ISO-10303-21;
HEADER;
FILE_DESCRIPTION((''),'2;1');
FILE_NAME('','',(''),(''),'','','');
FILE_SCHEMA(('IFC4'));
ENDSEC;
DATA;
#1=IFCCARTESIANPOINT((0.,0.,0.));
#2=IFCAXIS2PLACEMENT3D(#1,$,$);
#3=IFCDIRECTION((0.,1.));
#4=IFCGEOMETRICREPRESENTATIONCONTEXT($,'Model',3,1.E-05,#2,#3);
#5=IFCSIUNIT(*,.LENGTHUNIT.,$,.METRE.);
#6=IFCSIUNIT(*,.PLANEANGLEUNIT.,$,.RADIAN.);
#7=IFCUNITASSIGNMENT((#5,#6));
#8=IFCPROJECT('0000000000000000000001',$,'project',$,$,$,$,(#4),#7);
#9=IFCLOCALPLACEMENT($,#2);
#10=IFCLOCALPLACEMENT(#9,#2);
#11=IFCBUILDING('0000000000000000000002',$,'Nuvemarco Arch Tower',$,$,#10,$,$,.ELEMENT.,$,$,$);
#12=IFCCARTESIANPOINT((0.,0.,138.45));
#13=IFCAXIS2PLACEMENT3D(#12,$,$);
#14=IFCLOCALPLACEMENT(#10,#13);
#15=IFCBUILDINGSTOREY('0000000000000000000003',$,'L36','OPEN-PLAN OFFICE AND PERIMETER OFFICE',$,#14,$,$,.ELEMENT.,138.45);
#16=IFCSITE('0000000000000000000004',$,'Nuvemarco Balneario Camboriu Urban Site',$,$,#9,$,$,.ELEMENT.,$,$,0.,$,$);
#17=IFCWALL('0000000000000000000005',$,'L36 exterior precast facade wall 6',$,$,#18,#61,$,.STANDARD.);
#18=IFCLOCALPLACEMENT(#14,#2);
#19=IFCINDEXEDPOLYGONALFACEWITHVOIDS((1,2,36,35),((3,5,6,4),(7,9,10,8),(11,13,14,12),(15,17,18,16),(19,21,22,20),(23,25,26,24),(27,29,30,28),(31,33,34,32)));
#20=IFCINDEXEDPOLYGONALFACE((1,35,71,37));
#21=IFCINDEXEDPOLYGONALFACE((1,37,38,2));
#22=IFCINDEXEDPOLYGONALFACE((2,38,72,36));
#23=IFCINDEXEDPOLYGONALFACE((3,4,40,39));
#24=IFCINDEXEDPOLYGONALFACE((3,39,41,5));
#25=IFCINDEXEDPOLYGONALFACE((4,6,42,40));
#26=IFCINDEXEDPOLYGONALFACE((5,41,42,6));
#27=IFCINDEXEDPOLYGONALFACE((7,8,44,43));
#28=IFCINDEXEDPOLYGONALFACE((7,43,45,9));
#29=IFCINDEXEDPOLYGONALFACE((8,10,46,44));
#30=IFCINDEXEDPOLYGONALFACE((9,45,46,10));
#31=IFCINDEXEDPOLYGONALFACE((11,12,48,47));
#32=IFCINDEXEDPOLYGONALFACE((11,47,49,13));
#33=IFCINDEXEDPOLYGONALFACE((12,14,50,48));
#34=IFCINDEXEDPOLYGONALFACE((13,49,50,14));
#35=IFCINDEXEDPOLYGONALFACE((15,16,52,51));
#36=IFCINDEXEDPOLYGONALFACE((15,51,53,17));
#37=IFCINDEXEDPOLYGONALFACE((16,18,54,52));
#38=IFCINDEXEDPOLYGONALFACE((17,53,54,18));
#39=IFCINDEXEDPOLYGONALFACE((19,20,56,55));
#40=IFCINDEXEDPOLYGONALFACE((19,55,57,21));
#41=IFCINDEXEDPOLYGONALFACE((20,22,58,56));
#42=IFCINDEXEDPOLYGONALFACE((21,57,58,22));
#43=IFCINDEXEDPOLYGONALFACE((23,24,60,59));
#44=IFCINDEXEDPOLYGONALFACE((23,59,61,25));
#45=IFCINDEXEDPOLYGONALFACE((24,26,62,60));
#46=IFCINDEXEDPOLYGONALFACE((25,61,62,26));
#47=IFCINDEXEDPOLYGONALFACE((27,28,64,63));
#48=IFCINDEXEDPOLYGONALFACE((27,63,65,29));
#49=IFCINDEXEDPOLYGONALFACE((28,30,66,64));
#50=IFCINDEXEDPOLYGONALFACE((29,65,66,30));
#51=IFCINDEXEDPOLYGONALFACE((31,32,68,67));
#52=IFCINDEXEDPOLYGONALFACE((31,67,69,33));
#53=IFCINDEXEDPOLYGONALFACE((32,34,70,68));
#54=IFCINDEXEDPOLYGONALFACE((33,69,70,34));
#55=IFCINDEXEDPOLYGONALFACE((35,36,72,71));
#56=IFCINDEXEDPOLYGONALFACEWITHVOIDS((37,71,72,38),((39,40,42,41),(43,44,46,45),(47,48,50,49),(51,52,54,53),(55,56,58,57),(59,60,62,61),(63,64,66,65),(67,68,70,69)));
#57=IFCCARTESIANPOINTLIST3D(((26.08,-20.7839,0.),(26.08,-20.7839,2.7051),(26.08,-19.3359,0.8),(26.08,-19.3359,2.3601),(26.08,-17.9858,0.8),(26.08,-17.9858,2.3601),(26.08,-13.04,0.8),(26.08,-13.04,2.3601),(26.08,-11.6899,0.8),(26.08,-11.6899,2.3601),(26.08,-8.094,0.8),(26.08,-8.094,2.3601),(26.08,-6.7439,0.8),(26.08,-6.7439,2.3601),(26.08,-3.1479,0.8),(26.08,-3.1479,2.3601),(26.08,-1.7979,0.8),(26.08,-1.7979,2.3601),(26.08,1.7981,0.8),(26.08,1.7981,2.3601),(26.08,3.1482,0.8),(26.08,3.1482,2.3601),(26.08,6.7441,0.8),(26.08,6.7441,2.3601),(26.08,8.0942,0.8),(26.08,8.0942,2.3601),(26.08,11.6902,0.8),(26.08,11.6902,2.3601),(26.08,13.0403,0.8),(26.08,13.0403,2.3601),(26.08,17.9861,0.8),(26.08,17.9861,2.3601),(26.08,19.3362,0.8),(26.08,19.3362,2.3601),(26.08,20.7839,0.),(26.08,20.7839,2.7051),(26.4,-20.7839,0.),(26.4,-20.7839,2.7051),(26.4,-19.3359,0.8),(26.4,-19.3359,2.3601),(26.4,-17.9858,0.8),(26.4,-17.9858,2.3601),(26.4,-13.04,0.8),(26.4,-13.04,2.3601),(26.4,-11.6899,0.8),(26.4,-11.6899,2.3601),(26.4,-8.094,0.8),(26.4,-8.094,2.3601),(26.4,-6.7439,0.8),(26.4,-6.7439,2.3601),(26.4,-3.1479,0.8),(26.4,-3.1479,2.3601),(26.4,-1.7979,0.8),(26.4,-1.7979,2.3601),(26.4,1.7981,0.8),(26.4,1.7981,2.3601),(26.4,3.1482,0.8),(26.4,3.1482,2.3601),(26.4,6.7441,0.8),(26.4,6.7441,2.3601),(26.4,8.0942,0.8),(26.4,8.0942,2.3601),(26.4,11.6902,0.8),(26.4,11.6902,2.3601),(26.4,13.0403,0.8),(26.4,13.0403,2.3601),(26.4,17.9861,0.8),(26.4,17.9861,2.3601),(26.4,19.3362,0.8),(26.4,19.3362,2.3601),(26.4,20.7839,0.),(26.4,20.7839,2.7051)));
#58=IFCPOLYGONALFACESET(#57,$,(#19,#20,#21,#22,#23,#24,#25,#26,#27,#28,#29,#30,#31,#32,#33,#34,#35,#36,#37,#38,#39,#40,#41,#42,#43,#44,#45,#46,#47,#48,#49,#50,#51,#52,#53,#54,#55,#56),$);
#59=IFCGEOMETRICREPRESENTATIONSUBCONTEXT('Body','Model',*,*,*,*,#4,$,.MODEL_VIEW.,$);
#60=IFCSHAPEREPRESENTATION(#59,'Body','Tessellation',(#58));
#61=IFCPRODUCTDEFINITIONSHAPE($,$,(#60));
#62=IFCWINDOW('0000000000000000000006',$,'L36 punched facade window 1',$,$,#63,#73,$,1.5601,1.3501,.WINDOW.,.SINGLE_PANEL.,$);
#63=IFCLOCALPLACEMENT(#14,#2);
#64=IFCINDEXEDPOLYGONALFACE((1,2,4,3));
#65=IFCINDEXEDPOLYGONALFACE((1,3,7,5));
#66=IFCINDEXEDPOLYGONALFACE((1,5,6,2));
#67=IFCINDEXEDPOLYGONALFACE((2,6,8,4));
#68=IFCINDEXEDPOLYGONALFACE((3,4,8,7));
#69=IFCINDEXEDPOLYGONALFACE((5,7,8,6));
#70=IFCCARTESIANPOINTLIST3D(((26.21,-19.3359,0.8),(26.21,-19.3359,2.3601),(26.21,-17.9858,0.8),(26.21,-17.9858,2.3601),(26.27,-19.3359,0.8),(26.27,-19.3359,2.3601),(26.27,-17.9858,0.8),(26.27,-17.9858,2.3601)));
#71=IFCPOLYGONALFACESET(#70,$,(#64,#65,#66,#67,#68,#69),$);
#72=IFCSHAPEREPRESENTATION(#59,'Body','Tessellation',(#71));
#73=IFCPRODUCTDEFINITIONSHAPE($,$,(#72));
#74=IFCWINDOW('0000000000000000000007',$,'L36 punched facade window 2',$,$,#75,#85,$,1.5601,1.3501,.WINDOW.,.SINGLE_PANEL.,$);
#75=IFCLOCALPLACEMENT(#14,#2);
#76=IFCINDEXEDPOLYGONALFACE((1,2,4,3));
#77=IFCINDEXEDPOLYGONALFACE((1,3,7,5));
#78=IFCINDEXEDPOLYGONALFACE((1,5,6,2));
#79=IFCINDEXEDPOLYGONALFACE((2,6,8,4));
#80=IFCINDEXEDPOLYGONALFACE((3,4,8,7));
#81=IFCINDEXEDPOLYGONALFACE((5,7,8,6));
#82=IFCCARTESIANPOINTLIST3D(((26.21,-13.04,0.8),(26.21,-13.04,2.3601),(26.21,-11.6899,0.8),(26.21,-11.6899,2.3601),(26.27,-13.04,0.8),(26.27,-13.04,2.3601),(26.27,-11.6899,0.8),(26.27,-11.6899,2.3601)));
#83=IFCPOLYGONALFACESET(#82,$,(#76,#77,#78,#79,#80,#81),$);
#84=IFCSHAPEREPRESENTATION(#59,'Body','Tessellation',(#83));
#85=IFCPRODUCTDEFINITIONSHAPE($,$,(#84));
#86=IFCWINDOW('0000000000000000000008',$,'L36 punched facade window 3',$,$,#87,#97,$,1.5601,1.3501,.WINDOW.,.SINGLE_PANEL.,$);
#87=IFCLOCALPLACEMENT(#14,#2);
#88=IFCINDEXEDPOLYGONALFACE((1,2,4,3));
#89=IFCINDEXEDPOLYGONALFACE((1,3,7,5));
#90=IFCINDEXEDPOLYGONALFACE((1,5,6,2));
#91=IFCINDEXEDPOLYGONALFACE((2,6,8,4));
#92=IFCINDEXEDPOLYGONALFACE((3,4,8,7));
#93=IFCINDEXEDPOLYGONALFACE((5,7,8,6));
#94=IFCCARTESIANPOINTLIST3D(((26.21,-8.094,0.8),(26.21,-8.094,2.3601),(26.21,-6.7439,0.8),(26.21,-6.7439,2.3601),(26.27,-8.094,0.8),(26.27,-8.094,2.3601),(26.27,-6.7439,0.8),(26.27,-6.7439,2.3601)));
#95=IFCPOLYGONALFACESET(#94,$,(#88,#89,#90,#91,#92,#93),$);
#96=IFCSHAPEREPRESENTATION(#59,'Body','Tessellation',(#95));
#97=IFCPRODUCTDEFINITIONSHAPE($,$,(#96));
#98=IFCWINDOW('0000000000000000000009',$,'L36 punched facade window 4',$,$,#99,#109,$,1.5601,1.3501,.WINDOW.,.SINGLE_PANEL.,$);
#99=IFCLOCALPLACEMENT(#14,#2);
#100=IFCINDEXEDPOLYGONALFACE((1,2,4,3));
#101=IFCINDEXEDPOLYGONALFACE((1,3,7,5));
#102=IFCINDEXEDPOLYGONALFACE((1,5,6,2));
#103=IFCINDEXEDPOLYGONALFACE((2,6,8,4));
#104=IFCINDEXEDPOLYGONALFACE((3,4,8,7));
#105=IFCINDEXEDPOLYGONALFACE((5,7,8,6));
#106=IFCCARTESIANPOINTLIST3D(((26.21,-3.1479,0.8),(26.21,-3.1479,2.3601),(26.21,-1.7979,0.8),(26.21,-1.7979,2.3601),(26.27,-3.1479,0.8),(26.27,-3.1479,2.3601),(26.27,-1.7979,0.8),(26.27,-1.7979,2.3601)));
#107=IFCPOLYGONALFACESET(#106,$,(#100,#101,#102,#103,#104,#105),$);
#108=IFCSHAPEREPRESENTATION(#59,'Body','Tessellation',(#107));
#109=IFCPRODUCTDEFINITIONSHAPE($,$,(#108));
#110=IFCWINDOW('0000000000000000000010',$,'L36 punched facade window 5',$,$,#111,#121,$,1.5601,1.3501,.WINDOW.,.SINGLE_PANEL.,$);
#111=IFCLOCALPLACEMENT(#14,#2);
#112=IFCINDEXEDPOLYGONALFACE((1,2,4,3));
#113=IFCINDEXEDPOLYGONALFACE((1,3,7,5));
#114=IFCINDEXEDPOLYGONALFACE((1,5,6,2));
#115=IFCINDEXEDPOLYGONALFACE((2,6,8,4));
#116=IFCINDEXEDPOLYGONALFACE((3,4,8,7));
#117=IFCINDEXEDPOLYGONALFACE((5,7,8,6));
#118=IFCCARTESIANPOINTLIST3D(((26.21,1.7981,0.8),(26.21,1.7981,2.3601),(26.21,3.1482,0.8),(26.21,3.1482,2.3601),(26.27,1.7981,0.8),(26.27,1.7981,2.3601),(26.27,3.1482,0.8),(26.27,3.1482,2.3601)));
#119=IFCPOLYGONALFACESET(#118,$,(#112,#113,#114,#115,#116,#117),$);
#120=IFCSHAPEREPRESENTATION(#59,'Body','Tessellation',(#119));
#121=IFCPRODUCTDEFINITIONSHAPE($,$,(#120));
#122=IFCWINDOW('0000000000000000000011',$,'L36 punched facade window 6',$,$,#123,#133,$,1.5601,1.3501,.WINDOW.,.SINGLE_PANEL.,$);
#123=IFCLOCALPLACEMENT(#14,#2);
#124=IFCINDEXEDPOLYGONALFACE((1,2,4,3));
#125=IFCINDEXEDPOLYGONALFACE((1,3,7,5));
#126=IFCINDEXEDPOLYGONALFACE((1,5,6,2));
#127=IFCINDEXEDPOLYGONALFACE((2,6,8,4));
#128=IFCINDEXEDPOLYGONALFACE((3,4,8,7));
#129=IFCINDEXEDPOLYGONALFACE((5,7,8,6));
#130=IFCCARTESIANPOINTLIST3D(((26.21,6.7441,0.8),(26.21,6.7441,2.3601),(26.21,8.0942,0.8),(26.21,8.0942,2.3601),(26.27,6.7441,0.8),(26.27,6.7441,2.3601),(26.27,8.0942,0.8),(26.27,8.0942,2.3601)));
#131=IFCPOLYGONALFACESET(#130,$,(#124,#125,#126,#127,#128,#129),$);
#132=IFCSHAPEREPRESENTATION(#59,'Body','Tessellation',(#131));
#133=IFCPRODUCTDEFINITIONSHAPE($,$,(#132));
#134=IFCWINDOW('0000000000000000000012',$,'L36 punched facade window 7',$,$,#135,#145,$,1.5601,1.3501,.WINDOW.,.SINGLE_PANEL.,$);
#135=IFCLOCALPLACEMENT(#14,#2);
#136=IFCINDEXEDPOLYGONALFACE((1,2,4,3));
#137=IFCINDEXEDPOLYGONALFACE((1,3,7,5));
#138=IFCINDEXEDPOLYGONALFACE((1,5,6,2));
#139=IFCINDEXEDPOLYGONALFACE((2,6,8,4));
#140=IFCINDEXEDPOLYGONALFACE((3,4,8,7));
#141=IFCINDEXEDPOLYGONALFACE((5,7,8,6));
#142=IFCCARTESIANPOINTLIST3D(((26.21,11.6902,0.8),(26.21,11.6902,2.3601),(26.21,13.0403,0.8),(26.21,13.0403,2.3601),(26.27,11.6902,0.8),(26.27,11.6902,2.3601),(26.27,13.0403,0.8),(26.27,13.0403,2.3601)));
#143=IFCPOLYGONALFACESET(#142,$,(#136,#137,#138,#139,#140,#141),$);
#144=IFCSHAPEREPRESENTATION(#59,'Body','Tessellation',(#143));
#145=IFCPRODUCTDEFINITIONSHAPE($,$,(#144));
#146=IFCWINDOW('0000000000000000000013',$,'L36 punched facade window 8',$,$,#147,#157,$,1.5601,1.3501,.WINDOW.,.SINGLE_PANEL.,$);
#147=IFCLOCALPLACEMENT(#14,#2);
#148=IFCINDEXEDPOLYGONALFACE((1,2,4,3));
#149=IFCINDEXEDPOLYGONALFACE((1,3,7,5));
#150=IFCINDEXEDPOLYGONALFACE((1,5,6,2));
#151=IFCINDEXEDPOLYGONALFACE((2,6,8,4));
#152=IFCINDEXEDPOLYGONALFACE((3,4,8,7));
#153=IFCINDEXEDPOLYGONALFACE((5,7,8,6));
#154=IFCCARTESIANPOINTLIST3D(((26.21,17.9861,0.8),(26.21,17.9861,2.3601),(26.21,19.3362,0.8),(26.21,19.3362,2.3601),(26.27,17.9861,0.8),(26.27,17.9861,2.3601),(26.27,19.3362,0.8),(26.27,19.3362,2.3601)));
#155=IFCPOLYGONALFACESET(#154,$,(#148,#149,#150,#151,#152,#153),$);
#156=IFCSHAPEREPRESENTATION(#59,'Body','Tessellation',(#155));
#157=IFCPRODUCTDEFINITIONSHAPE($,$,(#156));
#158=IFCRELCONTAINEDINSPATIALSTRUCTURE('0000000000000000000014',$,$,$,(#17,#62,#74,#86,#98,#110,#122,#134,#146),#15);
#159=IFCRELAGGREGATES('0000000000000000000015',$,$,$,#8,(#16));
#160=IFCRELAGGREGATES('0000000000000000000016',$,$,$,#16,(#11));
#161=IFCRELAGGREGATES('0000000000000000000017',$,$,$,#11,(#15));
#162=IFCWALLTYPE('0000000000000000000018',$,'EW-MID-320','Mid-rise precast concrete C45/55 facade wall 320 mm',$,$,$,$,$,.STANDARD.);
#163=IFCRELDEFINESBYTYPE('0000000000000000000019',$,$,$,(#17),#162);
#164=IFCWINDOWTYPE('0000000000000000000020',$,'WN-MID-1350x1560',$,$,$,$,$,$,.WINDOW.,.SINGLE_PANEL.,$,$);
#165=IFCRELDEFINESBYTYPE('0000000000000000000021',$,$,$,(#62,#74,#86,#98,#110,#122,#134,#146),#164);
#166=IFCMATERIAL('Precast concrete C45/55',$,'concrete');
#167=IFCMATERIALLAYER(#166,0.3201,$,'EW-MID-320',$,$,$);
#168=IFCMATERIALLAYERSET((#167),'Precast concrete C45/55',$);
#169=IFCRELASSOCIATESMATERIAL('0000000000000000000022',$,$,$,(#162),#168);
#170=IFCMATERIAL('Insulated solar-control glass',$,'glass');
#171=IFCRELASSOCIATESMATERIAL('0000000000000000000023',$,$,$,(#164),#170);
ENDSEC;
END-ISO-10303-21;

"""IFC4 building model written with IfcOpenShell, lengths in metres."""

from ifc_helpers import new_model, si_unit, direction, frame, frame_2d, origin, place, context, subcontext, project, spatial, rectangle, extrude, source, transform, mapped, material, layer, layer_set, type_object, type_shapes, element, fill, save


model = new_model("IFC4")

# Units and contexts
model_context = context("Model", 3, precision=1e-05, world=origin(), true_north=direction((0.0, 1.0)))
body_context = subcontext(model_context, "Body", "Model", "MODEL_VIEW")
ifc_project = project(units=[si_unit("LENGTHUNIT", "METRE"), si_unit("PLANEANGLEUNIT", "RADIAN")], contexts=[model_context])

# Site, building, storey
site_placement = place(None, origin())
site = spatial("IfcSite", under=ifc_project, at=site_placement, Name="Nuvemarco Balneario Camboriu Urban Site", CompositionType="ELEMENT", RefElevation=0.0)
building_placement = place(site_placement, origin())
building = spatial("IfcBuilding", under=site, at=building_placement, Name="Nuvemarco Arch Tower", CompositionType="ELEMENT")
storey_placement = place(building_placement, frame((0.0, 0.0, 138.45)))
storey = spatial("IfcBuildingStorey", under=building, at=storey_placement, Name="L36", Description="OPEN-PLAN OFFICE AND PERIMETER OFFICE", CompositionType="ELEMENT", Elevation=138.45)

# Shared definitions
ifc_material_1 = material(Name="Precast concrete C45/55", Category="concrete")

# Shared definitions
ifc_layer_1 = layer(ifc_material_1, 0.3201, Name="EW-MID-320")
ifc_layer_set_1 = layer_set([ifc_layer_1], Name="Precast concrete C45/55")
wall_type_1 = type_object("IfcWallType", Name="EW-MID-320", Description="Mid-rise precast concrete C45/55 facade wall 320 mm", PredefinedType="STANDARD", material=ifc_layer_set_1)

# Wall, openings, windows
wall_1_placement = place(storey_placement, frame((26.24, -20.7839, 0.0), z_axis=(0.0, 0.0, 1.0), x_axis=(0.0, 1.0, 0.0)))
wall_1 = element("IfcWall", 1, at=wall_1_placement, inside=storey, type_object=wall_type_1, Name="L36 exterior precast facade wall 6", PredefinedType="STANDARD", context=body_context, shape_type="SweptSolid", body=[
    extrude(rectangle(XDim=41.5679, YDim=0.3201, at=frame_2d((20.7839, 0.0))), origin(), (0.0, 0.0, 1.0), 2.7051),
])
opening_1_placement = place(wall_1_placement, frame((1.448, 0.0, 0.8)))
opening_1 = element("IfcOpeningElement", 2, at=opening_1_placement, cuts=wall_1, PredefinedType="OPENING", context=body_context, shape_type="SweptSolid", body=[
    extrude(rectangle(XDim=1.3501, YDim=1.5601, at=frame_2d((0.675, 0.78))), frame((0.0, 0.1699, 0.0), z_axis=(0.0, -1.0, 0.0), x_axis=(1.0, 0.0, 0.0)), (0.0, 0.0, 1.0), 0.3401),
])
opening_2_placement = place(wall_1_placement, frame((7.7439, 0.0, 0.8)))
opening_2 = element("IfcOpeningElement", 3, at=opening_2_placement, cuts=wall_1, PredefinedType="OPENING", context=body_context, shape_type="SweptSolid", body=[
    extrude(rectangle(XDim=1.3501, YDim=1.5601, at=frame_2d((0.675, 0.78))), frame((0.0, 0.1699, 0.0), z_axis=(0.0, -1.0, 0.0), x_axis=(1.0, 0.0, 0.0)), (0.0, 0.0, 1.0), 0.3401),
])
opening_3_placement = place(wall_1_placement, frame((12.6899, 0.0, 0.8)))
opening_3 = element("IfcOpeningElement", 4, at=opening_3_placement, cuts=wall_1, PredefinedType="OPENING", context=body_context, shape_type="SweptSolid", body=[
    extrude(rectangle(XDim=1.3501, YDim=1.5601, at=frame_2d((0.675, 0.78))), frame((0.0, 0.1699, 0.0), z_axis=(0.0, -1.0, 0.0), x_axis=(1.0, 0.0, 0.0)), (0.0, 0.0, 1.0), 0.3401),
])
opening_4_placement = place(wall_1_placement, frame((17.636, 0.0, 0.8)))
opening_4 = element("IfcOpeningElement", 5, at=opening_4_placement, cuts=wall_1, PredefinedType="OPENING", context=body_context, shape_type="SweptSolid", body=[
    extrude(rectangle(XDim=1.3501, YDim=1.5601, at=frame_2d((0.675, 0.78))), frame((0.0, 0.1699, 0.0), z_axis=(0.0, -1.0, 0.0), x_axis=(1.0, 0.0, 0.0)), (0.0, 0.0, 1.0), 0.3401),
])
opening_5_placement = place(wall_1_placement, frame((22.582, 0.0, 0.8)))
opening_5 = element("IfcOpeningElement", 6, at=opening_5_placement, cuts=wall_1, PredefinedType="OPENING", context=body_context, shape_type="SweptSolid", body=[
    extrude(rectangle(XDim=1.3501, YDim=1.5601, at=frame_2d((0.675, 0.78))), frame((0.0, 0.1699, 0.0), z_axis=(0.0, -1.0, 0.0), x_axis=(1.0, 0.0, 0.0)), (0.0, 0.0, 1.0), 0.3401),
])
opening_6_placement = place(wall_1_placement, frame((27.5281, 0.0, 0.8)))
opening_6 = element("IfcOpeningElement", 7, at=opening_6_placement, cuts=wall_1, PredefinedType="OPENING", context=body_context, shape_type="SweptSolid", body=[
    extrude(rectangle(XDim=1.3501, YDim=1.5601, at=frame_2d((0.675, 0.78))), frame((0.0, 0.1699, 0.0), z_axis=(0.0, -1.0, 0.0), x_axis=(1.0, 0.0, 0.0)), (0.0, 0.0, 1.0), 0.3401),
])
opening_7_placement = place(wall_1_placement, frame((32.4741, 0.0, 0.8)))
opening_7 = element("IfcOpeningElement", 8, at=opening_7_placement, cuts=wall_1, PredefinedType="OPENING", context=body_context, shape_type="SweptSolid", body=[
    extrude(rectangle(XDim=1.3501, YDim=1.5601, at=frame_2d((0.675, 0.78))), frame((0.0, 0.1699, 0.0), z_axis=(0.0, -1.0, 0.0), x_axis=(1.0, 0.0, 0.0)), (0.0, 0.0, 1.0), 0.3401),
])
opening_8_placement = place(wall_1_placement, frame((38.77, 0.0, 0.8)))
opening_8 = element("IfcOpeningElement", 9, at=opening_8_placement, cuts=wall_1, PredefinedType="OPENING", context=body_context, shape_type="SweptSolid", body=[
    extrude(rectangle(XDim=1.3501, YDim=1.5601, at=frame_2d((0.675, 0.78))), frame((0.0, 0.1699, 0.0), z_axis=(0.0, -1.0, 0.0), x_axis=(1.0, 0.0, 0.0)), (0.0, 0.0, 1.0), 0.3401),
])
ifc_material_2 = material(Name="Insulated solar-control glass", Category="glass")
window_type = type_object("IfcWindowType", Name="WN-MID-1350x1560", PartitioningType="SINGLE_PANEL", PredefinedType="WINDOW", material=ifc_material_2)
shared_shape_1 = source(origin(), body_context, "Body", "SweptSolid", [
    extrude(rectangle(XDim=1.3501, YDim=1.5601, at=frame_2d((0.675, 0.78))), frame((0.0, 0.03, 0.0), z_axis=(0.0, -1.0, 0.0), x_axis=(1.0, 0.0, 0.0)), (0.0, 0.0, 1.0), 0.0601),
])
type_shapes(window_type, [shared_shape_1])
window_1_placement = place(opening_1_placement, origin())
window_1 = element("IfcWindow", 10, at=window_1_placement, inside=storey, type_object=window_type, Name="L36 punched facade window 1", OverallHeight=1.5601, OverallWidth=1.3501, PartitioningType="SINGLE_PANEL", PredefinedType="WINDOW", context=body_context, shape_type="MappedRepresentation", body=[
    mapped(shared_shape_1, transform((0.0, 0.0, 0.0), scale=1.0)),
])
fill(opening_1, window_1)
window_2_placement = place(opening_2_placement, origin())
window_2 = element("IfcWindow", 11, at=window_2_placement, inside=storey, type_object=window_type, Name="L36 punched facade window 2", OverallHeight=1.5601, OverallWidth=1.3501, PartitioningType="SINGLE_PANEL", PredefinedType="WINDOW", context=body_context, shape_type="MappedRepresentation", body=[
    mapped(shared_shape_1, transform((0.0, 0.0, 0.0), scale=1.0)),
])
fill(opening_2, window_2)
window_3_placement = place(opening_3_placement, origin())
window_3 = element("IfcWindow", 12, at=window_3_placement, inside=storey, type_object=window_type, Name="L36 punched facade window 3", OverallHeight=1.5601, OverallWidth=1.3501, PartitioningType="SINGLE_PANEL", PredefinedType="WINDOW", context=body_context, shape_type="MappedRepresentation", body=[
    mapped(shared_shape_1, transform((0.0, 0.0, 0.0), scale=1.0)),
])
fill(opening_3, window_3)
window_4_placement = place(opening_4_placement, origin())
window_4 = element("IfcWindow", 13, at=window_4_placement, inside=storey, type_object=window_type, Name="L36 punched facade window 4", OverallHeight=1.5601, OverallWidth=1.3501, PartitioningType="SINGLE_PANEL", PredefinedType="WINDOW", context=body_context, shape_type="MappedRepresentation", body=[
    mapped(shared_shape_1, transform((0.0, 0.0, 0.0), scale=1.0)),
])
fill(opening_4, window_4)
window_5_placement = place(opening_5_placement, origin())
window_5 = element("IfcWindow", 14, at=window_5_placement, inside=storey, type_object=window_type, Name="L36 punched facade window 5", OverallHeight=1.5601, OverallWidth=1.3501, PartitioningType="SINGLE_PANEL", PredefinedType="WINDOW", context=body_context, shape_type="MappedRepresentation", body=[
    mapped(shared_shape_1, transform((0.0, 0.0, 0.0), scale=1.0)),
])
fill(opening_5, window_5)
window_6_placement = place(opening_6_placement, origin())
window_6 = element("IfcWindow", 15, at=window_6_placement, inside=storey, type_object=window_type, Name="L36 punched facade window 6", OverallHeight=1.5601, OverallWidth=1.3501, PartitioningType="SINGLE_PANEL", PredefinedType="WINDOW", context=body_context, shape_type="MappedRepresentation", body=[
    mapped(shared_shape_1, transform((0.0, 0.0, 0.0), scale=1.0)),
])
fill(opening_6, window_6)
window_7_placement = place(opening_7_placement, origin())
window_7 = element("IfcWindow", 16, at=window_7_placement, inside=storey, type_object=window_type, Name="L36 punched facade window 7", OverallHeight=1.5601, OverallWidth=1.3501, PartitioningType="SINGLE_PANEL", PredefinedType="WINDOW", context=body_context, shape_type="MappedRepresentation", body=[
    mapped(shared_shape_1, transform((0.0, 0.0, 0.0), scale=1.0)),
])
fill(opening_7, window_7)
window_8_placement = place(opening_8_placement, origin())
window_8 = element("IfcWindow", 17, at=window_8_placement, inside=storey, type_object=window_type, Name="L36 punched facade window 8", OverallHeight=1.5601, OverallWidth=1.3501, PartitioningType="SINGLE_PANEL", PredefinedType="WINDOW", context=body_context, shape_type="MappedRepresentation", body=[
    mapped(shared_shape_1, transform((0.0, 0.0, 0.0), scale=1.0)),
])
fill(opening_8, window_8)

save(model, "model.ifc")
